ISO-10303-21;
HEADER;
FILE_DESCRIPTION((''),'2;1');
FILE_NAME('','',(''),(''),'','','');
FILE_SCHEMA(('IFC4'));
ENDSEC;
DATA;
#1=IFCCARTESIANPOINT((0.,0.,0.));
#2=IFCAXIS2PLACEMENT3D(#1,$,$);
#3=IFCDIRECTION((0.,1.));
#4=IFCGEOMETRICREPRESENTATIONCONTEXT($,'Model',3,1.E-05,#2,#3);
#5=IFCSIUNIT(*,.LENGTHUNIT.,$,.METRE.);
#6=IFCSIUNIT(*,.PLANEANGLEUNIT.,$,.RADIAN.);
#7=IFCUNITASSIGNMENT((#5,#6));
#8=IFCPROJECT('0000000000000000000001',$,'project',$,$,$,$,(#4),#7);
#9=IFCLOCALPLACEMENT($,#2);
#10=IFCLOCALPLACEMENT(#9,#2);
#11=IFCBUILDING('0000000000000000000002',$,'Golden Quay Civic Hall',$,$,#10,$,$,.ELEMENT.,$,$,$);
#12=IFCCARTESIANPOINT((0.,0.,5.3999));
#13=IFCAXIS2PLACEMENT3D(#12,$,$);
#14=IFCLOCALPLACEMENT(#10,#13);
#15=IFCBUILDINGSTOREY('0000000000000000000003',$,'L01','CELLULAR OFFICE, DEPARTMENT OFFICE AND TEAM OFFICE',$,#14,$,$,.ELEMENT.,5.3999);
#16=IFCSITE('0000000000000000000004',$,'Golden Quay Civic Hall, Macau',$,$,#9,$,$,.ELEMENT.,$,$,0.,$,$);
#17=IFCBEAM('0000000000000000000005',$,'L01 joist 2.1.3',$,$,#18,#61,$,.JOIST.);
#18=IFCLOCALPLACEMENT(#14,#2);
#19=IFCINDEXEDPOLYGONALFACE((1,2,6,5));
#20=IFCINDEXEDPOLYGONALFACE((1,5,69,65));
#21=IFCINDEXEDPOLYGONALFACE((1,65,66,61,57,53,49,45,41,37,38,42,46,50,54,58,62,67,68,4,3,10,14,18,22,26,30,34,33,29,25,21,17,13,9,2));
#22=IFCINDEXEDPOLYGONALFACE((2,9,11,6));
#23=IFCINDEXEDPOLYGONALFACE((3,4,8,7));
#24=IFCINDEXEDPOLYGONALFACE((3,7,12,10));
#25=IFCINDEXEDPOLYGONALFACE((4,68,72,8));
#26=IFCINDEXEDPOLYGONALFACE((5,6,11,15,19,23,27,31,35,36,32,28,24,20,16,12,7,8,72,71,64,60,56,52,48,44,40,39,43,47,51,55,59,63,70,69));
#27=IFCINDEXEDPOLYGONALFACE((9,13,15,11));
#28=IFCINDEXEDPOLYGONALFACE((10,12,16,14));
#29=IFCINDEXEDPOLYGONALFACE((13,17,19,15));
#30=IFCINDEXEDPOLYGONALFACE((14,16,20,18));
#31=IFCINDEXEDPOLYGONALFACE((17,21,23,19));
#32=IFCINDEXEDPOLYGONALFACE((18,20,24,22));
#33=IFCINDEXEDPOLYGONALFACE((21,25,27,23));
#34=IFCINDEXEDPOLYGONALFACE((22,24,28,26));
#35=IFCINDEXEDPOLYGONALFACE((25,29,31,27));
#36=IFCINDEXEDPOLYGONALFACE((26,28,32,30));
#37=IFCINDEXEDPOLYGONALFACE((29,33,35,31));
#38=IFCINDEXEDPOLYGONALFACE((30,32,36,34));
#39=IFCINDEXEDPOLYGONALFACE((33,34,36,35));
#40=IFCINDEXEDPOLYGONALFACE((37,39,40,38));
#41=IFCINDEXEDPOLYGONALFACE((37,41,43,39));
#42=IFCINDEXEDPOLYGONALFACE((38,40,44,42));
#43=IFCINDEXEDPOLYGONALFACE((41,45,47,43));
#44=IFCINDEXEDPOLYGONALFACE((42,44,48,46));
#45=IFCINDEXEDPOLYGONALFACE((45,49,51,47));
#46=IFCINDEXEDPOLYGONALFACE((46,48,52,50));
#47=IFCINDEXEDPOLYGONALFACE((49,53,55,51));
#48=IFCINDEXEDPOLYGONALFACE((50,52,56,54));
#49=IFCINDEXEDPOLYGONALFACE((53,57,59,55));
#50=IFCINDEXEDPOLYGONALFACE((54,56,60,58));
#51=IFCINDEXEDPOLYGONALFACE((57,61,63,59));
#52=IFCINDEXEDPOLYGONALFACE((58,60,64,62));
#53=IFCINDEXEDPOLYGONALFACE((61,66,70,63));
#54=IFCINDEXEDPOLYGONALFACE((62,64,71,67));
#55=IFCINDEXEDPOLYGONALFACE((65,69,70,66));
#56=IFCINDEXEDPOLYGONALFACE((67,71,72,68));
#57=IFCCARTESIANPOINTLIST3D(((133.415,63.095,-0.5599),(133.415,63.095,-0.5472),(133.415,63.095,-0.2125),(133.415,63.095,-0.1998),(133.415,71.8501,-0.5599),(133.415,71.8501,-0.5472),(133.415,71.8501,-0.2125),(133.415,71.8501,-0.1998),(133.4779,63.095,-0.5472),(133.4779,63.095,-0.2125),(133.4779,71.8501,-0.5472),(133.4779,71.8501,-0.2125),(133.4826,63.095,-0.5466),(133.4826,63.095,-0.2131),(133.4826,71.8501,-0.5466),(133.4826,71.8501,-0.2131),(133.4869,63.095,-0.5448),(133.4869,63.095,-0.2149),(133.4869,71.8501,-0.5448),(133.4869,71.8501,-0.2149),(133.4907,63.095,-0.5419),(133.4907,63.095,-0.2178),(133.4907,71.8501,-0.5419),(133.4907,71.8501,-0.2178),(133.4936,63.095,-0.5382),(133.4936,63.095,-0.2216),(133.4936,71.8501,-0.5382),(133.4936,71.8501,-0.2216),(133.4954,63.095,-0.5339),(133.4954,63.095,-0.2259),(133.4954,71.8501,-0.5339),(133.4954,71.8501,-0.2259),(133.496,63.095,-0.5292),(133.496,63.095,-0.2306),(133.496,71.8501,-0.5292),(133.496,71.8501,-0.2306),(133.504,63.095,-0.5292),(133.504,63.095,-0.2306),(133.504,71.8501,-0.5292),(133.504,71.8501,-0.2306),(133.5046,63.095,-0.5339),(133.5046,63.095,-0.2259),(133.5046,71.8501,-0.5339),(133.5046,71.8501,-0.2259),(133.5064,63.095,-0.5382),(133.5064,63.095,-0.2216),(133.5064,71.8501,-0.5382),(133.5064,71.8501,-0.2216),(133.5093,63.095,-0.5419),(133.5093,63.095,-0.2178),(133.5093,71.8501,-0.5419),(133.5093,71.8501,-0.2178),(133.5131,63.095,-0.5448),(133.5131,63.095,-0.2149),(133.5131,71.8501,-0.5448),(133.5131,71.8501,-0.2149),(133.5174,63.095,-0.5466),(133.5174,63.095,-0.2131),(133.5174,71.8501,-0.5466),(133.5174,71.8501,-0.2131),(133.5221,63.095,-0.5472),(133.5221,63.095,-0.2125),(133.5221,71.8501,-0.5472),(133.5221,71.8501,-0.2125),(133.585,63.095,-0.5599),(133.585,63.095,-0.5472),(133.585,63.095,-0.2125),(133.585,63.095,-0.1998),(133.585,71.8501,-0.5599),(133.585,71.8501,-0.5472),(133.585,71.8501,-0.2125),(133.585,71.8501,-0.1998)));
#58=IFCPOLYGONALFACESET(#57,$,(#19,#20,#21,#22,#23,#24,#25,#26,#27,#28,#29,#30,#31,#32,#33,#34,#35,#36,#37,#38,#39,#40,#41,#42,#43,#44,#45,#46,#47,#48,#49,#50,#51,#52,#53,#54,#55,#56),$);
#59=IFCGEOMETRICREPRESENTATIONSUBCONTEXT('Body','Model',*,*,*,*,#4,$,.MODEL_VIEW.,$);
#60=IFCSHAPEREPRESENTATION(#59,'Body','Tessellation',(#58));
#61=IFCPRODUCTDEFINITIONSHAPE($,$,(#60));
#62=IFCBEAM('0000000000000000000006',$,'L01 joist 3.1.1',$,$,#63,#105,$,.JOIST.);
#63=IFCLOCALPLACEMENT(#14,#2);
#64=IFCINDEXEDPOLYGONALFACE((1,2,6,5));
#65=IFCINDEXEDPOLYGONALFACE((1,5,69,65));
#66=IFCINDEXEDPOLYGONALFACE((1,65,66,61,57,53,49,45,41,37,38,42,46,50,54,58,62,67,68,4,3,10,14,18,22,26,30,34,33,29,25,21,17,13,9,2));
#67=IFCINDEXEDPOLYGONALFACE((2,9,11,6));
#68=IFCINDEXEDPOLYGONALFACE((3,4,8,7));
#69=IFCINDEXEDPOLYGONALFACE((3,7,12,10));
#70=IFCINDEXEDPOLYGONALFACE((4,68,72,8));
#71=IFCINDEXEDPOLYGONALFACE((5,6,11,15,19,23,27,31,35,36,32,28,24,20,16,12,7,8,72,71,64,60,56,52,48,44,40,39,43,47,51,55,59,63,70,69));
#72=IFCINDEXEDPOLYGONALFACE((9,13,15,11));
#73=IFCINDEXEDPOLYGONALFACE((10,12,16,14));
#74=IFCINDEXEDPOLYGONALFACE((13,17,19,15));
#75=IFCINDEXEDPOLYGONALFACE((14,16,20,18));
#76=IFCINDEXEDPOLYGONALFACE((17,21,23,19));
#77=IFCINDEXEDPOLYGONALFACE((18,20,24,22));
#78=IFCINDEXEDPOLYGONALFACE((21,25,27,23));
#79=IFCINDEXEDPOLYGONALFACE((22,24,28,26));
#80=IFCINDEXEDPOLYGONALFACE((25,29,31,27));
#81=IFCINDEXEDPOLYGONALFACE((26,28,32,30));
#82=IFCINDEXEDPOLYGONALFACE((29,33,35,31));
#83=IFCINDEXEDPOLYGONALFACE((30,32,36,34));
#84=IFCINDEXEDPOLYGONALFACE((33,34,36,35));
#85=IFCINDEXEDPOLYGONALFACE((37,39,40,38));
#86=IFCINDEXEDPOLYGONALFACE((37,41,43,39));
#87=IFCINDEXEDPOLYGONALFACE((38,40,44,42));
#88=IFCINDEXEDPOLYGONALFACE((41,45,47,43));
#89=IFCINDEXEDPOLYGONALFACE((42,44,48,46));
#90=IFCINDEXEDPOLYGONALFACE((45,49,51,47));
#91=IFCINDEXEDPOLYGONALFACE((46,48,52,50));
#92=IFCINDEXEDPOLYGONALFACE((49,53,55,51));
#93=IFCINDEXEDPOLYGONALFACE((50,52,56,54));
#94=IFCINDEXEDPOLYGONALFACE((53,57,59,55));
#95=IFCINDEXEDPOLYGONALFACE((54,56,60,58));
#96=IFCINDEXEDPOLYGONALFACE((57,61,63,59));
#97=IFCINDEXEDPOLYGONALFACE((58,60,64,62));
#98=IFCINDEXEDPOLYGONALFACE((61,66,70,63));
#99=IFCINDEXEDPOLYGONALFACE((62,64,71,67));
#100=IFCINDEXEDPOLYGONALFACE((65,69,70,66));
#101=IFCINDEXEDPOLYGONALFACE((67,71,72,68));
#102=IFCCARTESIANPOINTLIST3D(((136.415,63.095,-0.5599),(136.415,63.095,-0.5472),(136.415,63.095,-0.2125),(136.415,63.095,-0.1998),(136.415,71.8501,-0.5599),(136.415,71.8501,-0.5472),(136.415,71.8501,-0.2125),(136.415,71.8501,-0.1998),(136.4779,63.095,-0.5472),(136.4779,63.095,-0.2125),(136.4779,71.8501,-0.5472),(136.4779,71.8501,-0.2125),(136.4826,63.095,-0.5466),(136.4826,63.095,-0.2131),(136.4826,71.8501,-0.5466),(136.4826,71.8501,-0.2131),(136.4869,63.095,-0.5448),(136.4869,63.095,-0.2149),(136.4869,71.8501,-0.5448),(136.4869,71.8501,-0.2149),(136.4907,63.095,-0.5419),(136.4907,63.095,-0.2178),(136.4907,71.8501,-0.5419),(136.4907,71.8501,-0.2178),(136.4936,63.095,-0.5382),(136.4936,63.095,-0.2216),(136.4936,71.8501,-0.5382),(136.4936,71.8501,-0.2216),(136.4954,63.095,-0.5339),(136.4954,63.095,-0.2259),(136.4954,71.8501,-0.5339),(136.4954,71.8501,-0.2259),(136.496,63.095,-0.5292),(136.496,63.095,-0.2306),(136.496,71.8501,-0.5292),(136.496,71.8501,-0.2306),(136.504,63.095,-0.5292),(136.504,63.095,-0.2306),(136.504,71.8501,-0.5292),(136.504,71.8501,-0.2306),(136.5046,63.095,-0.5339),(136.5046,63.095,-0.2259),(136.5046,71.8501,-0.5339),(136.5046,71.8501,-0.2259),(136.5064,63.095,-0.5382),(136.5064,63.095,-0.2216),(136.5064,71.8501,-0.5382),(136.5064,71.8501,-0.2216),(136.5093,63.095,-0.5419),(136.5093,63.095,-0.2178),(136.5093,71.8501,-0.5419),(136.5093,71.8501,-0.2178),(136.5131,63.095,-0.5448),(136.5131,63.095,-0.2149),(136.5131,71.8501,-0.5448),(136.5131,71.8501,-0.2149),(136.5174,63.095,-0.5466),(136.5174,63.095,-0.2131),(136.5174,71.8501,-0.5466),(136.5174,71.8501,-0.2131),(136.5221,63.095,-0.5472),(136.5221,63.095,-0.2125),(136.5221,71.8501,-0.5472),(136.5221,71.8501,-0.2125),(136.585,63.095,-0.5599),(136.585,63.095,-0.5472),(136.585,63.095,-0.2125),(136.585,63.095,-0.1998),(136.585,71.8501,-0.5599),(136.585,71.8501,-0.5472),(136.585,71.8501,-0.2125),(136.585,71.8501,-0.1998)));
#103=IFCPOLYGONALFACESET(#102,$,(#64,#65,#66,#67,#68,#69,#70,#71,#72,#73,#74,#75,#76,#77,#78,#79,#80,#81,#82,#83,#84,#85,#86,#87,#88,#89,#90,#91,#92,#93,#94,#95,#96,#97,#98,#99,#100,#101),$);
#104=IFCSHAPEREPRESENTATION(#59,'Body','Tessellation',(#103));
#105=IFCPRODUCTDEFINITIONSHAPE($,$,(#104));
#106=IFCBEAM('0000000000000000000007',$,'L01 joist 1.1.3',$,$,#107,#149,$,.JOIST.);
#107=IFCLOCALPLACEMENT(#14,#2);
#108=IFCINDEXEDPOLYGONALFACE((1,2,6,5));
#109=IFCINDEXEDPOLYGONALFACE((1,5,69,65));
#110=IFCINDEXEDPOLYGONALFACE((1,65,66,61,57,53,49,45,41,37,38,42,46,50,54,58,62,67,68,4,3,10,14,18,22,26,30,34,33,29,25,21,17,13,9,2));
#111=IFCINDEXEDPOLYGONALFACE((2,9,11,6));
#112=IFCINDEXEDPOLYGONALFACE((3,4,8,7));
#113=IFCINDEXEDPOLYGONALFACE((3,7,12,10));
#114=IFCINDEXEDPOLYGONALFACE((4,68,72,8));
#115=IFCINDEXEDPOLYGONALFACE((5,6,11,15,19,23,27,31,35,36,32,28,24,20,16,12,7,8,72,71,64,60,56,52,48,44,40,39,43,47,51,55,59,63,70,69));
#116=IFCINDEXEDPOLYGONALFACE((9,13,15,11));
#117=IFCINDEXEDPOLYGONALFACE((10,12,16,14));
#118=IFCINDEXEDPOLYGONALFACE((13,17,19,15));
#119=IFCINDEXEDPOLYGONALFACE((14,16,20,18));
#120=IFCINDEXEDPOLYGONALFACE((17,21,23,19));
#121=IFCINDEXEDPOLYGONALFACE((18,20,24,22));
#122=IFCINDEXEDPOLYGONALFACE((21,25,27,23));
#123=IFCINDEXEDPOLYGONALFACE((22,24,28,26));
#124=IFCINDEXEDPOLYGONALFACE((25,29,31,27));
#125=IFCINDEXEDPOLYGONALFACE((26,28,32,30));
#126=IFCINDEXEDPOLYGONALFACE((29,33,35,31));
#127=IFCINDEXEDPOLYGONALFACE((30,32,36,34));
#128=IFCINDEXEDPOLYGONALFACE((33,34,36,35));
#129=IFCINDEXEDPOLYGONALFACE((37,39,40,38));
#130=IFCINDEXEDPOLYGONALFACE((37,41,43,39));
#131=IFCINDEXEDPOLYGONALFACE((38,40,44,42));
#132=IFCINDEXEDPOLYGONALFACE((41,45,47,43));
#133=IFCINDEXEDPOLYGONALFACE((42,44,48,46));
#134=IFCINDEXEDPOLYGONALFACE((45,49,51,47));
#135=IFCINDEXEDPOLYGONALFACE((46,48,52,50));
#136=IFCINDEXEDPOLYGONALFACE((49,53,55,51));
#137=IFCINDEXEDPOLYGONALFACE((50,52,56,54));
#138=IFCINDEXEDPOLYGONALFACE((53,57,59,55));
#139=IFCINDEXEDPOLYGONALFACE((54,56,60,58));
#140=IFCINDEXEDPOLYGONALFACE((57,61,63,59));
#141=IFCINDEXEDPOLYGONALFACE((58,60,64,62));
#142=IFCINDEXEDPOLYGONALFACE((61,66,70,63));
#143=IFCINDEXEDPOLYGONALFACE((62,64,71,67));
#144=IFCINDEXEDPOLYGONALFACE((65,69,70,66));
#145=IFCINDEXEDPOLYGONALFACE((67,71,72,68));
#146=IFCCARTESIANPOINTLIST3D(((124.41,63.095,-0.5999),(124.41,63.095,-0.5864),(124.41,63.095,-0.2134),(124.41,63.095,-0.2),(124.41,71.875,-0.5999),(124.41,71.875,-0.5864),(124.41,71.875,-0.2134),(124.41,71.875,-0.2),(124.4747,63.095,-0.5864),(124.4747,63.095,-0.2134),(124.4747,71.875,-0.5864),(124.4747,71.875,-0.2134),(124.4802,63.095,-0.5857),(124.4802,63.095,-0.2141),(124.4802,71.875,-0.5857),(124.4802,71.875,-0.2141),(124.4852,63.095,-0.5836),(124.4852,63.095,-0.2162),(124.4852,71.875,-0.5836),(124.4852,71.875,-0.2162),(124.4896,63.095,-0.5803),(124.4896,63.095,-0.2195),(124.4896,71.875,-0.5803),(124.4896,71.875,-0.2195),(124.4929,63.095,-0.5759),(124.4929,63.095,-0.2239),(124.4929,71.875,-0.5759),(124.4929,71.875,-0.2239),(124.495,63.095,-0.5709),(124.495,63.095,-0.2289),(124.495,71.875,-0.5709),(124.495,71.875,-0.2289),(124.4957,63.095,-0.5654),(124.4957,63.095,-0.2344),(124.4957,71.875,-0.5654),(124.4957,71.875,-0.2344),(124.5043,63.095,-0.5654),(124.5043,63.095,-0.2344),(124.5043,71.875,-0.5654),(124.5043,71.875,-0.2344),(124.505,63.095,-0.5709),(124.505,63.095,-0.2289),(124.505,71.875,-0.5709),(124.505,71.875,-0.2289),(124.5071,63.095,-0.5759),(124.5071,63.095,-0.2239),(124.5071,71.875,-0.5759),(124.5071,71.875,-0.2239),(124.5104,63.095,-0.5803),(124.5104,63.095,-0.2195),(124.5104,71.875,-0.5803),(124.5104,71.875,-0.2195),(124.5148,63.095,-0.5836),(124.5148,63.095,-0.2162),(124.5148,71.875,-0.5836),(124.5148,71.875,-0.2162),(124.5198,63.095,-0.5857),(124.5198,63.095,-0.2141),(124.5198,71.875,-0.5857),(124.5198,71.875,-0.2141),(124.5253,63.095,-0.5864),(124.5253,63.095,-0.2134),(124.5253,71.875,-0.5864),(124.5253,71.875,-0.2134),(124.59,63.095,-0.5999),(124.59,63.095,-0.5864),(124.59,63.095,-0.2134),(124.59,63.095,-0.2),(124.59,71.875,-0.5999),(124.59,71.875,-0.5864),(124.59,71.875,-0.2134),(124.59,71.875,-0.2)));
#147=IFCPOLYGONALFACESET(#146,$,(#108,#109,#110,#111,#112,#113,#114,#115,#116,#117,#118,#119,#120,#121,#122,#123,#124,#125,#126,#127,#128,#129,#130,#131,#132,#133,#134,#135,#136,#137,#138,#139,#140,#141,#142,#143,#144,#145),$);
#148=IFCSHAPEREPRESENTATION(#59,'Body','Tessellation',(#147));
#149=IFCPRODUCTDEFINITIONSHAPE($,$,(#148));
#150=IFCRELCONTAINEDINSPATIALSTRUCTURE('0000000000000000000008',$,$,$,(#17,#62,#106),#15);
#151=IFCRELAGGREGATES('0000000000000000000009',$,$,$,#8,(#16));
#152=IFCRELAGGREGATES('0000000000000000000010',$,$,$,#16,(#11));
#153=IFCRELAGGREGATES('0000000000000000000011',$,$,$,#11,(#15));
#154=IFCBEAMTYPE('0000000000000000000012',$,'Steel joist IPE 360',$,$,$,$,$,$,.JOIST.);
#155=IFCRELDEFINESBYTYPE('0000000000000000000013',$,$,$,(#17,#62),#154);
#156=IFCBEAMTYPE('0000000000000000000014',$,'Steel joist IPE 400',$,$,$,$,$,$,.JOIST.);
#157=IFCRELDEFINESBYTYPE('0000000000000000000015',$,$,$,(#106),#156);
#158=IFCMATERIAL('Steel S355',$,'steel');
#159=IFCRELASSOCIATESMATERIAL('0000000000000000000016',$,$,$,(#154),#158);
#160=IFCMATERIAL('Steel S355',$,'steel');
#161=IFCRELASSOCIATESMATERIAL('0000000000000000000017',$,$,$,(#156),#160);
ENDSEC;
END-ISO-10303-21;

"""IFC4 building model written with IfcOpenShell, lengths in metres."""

from ifc_helpers import new_model, si_unit, direction, frame, origin, origin_2d, place, context, subcontext, project, spatial, i_section, extrude, material, material_profile, profile_set, type_object, element, save


model = new_model("IFC4")

# Units and contexts
model_context = context("Model", 3, precision=1e-05, world=origin(), true_north=direction((0.0, 1.0)))
body_context = subcontext(model_context, "Body", "Model", "MODEL_VIEW")
ifc_project = project(units=[si_unit("LENGTHUNIT", "METRE"), si_unit("PLANEANGLEUNIT", "RADIAN")], contexts=[model_context])

# Site, building, storey
site_placement = place(None, origin())
site = spatial("IfcSite", under=ifc_project, at=site_placement, Name="Golden Quay Civic Hall, Macau", CompositionType="ELEMENT", RefElevation=0.0)
building_placement = place(site_placement, origin())
building = spatial("IfcBuilding", under=site, at=building_placement, Name="Golden Quay Civic Hall", CompositionType="ELEMENT")
storey_placement = place(building_placement, frame((0.0, 0.0, 5.3999)))
storey = spatial("IfcBuildingStorey", under=building, at=storey_placement, Name="L01", Description="CELLULAR OFFICE, DEPARTMENT OFFICE AND TEAM OFFICE", CompositionType="ELEMENT", Elevation=5.3999)

# Beams
ifc_material_1 = material(Name="Steel S355", Category="steel")
ifc_material_profile_1 = material_profile(ifc_material_1, i_section(OverallWidth=0.1699, OverallDepth=0.3601, WebThickness=0.0081, FlangeThickness=0.0127, FilletRadius=0.0181, at=origin_2d()), Name="IPE 360")
ifc_profile_set_1 = profile_set([ifc_material_profile_1], Name="Steel S355")
beam_type_1 = type_object("IfcBeamType", Name="Steel joist IPE 360", PredefinedType="JOIST", material=ifc_profile_set_1)
for number, where, z_axis, x_axis, name in (
    (1, (133.5, 63.095, -0.3799), (0.0, 1.0, 0.0), (-1.0, 0.0, 0.0), "L01 joist 2.1.3"),
    (2, (136.5, 63.095, -0.3799), (0.0, 1.0, 0.0), (-1.0, 0.0, 0.0), "L01 joist 3.1.1"),
):
    element("IfcBeam", number, at=place(storey_placement, frame(where, z_axis=z_axis, x_axis=x_axis)), inside=storey, type_object=beam_type_1, Name=name, PredefinedType="JOIST", context=body_context, shape_type="SweptSolid", body=[
        extrude(i_section(OverallWidth=0.1699, OverallDepth=0.3601, WebThickness=0.0081, FlangeThickness=0.0127, FilletRadius=0.0181, at=origin_2d()), origin(), (0.0, 0.0, 1.0), 8.7551),
    ])
ifc_material_2 = material(Name="Steel S355", Category="steel")
ifc_material_profile_2 = material_profile(ifc_material_2, i_section(OverallWidth=0.1799, OverallDepth=0.3999, WebThickness=0.0085, FlangeThickness=0.0134, FilletRadius=0.021, at=origin_2d()), Name="IPE 400")
ifc_profile_set_2 = profile_set([ifc_material_profile_2], Name="Steel S355")
beam_type_2 = type_object("IfcBeamType", Name="Steel joist IPE 400", PredefinedType="JOIST", material=ifc_profile_set_2)
beam_1_placement = place(storey_placement, frame((124.5, 63.095, -0.3999), z_axis=(0.0, 1.0, 0.0), x_axis=(-1.0, 0.0, 0.0)))
element("IfcBeam", 3, at=beam_1_placement, inside=storey, type_object=beam_type_2, Name="L01 joist 1.1.3", PredefinedType="JOIST", context=body_context, shape_type="SweptSolid", body=[
    extrude(i_section(OverallWidth=0.1799, OverallDepth=0.3999, WebThickness=0.0085, FlangeThickness=0.0134, FilletRadius=0.021, at=origin_2d()), origin(), (0.0, 0.0, 1.0), 8.78),
])

save(model, "model.ifc")
